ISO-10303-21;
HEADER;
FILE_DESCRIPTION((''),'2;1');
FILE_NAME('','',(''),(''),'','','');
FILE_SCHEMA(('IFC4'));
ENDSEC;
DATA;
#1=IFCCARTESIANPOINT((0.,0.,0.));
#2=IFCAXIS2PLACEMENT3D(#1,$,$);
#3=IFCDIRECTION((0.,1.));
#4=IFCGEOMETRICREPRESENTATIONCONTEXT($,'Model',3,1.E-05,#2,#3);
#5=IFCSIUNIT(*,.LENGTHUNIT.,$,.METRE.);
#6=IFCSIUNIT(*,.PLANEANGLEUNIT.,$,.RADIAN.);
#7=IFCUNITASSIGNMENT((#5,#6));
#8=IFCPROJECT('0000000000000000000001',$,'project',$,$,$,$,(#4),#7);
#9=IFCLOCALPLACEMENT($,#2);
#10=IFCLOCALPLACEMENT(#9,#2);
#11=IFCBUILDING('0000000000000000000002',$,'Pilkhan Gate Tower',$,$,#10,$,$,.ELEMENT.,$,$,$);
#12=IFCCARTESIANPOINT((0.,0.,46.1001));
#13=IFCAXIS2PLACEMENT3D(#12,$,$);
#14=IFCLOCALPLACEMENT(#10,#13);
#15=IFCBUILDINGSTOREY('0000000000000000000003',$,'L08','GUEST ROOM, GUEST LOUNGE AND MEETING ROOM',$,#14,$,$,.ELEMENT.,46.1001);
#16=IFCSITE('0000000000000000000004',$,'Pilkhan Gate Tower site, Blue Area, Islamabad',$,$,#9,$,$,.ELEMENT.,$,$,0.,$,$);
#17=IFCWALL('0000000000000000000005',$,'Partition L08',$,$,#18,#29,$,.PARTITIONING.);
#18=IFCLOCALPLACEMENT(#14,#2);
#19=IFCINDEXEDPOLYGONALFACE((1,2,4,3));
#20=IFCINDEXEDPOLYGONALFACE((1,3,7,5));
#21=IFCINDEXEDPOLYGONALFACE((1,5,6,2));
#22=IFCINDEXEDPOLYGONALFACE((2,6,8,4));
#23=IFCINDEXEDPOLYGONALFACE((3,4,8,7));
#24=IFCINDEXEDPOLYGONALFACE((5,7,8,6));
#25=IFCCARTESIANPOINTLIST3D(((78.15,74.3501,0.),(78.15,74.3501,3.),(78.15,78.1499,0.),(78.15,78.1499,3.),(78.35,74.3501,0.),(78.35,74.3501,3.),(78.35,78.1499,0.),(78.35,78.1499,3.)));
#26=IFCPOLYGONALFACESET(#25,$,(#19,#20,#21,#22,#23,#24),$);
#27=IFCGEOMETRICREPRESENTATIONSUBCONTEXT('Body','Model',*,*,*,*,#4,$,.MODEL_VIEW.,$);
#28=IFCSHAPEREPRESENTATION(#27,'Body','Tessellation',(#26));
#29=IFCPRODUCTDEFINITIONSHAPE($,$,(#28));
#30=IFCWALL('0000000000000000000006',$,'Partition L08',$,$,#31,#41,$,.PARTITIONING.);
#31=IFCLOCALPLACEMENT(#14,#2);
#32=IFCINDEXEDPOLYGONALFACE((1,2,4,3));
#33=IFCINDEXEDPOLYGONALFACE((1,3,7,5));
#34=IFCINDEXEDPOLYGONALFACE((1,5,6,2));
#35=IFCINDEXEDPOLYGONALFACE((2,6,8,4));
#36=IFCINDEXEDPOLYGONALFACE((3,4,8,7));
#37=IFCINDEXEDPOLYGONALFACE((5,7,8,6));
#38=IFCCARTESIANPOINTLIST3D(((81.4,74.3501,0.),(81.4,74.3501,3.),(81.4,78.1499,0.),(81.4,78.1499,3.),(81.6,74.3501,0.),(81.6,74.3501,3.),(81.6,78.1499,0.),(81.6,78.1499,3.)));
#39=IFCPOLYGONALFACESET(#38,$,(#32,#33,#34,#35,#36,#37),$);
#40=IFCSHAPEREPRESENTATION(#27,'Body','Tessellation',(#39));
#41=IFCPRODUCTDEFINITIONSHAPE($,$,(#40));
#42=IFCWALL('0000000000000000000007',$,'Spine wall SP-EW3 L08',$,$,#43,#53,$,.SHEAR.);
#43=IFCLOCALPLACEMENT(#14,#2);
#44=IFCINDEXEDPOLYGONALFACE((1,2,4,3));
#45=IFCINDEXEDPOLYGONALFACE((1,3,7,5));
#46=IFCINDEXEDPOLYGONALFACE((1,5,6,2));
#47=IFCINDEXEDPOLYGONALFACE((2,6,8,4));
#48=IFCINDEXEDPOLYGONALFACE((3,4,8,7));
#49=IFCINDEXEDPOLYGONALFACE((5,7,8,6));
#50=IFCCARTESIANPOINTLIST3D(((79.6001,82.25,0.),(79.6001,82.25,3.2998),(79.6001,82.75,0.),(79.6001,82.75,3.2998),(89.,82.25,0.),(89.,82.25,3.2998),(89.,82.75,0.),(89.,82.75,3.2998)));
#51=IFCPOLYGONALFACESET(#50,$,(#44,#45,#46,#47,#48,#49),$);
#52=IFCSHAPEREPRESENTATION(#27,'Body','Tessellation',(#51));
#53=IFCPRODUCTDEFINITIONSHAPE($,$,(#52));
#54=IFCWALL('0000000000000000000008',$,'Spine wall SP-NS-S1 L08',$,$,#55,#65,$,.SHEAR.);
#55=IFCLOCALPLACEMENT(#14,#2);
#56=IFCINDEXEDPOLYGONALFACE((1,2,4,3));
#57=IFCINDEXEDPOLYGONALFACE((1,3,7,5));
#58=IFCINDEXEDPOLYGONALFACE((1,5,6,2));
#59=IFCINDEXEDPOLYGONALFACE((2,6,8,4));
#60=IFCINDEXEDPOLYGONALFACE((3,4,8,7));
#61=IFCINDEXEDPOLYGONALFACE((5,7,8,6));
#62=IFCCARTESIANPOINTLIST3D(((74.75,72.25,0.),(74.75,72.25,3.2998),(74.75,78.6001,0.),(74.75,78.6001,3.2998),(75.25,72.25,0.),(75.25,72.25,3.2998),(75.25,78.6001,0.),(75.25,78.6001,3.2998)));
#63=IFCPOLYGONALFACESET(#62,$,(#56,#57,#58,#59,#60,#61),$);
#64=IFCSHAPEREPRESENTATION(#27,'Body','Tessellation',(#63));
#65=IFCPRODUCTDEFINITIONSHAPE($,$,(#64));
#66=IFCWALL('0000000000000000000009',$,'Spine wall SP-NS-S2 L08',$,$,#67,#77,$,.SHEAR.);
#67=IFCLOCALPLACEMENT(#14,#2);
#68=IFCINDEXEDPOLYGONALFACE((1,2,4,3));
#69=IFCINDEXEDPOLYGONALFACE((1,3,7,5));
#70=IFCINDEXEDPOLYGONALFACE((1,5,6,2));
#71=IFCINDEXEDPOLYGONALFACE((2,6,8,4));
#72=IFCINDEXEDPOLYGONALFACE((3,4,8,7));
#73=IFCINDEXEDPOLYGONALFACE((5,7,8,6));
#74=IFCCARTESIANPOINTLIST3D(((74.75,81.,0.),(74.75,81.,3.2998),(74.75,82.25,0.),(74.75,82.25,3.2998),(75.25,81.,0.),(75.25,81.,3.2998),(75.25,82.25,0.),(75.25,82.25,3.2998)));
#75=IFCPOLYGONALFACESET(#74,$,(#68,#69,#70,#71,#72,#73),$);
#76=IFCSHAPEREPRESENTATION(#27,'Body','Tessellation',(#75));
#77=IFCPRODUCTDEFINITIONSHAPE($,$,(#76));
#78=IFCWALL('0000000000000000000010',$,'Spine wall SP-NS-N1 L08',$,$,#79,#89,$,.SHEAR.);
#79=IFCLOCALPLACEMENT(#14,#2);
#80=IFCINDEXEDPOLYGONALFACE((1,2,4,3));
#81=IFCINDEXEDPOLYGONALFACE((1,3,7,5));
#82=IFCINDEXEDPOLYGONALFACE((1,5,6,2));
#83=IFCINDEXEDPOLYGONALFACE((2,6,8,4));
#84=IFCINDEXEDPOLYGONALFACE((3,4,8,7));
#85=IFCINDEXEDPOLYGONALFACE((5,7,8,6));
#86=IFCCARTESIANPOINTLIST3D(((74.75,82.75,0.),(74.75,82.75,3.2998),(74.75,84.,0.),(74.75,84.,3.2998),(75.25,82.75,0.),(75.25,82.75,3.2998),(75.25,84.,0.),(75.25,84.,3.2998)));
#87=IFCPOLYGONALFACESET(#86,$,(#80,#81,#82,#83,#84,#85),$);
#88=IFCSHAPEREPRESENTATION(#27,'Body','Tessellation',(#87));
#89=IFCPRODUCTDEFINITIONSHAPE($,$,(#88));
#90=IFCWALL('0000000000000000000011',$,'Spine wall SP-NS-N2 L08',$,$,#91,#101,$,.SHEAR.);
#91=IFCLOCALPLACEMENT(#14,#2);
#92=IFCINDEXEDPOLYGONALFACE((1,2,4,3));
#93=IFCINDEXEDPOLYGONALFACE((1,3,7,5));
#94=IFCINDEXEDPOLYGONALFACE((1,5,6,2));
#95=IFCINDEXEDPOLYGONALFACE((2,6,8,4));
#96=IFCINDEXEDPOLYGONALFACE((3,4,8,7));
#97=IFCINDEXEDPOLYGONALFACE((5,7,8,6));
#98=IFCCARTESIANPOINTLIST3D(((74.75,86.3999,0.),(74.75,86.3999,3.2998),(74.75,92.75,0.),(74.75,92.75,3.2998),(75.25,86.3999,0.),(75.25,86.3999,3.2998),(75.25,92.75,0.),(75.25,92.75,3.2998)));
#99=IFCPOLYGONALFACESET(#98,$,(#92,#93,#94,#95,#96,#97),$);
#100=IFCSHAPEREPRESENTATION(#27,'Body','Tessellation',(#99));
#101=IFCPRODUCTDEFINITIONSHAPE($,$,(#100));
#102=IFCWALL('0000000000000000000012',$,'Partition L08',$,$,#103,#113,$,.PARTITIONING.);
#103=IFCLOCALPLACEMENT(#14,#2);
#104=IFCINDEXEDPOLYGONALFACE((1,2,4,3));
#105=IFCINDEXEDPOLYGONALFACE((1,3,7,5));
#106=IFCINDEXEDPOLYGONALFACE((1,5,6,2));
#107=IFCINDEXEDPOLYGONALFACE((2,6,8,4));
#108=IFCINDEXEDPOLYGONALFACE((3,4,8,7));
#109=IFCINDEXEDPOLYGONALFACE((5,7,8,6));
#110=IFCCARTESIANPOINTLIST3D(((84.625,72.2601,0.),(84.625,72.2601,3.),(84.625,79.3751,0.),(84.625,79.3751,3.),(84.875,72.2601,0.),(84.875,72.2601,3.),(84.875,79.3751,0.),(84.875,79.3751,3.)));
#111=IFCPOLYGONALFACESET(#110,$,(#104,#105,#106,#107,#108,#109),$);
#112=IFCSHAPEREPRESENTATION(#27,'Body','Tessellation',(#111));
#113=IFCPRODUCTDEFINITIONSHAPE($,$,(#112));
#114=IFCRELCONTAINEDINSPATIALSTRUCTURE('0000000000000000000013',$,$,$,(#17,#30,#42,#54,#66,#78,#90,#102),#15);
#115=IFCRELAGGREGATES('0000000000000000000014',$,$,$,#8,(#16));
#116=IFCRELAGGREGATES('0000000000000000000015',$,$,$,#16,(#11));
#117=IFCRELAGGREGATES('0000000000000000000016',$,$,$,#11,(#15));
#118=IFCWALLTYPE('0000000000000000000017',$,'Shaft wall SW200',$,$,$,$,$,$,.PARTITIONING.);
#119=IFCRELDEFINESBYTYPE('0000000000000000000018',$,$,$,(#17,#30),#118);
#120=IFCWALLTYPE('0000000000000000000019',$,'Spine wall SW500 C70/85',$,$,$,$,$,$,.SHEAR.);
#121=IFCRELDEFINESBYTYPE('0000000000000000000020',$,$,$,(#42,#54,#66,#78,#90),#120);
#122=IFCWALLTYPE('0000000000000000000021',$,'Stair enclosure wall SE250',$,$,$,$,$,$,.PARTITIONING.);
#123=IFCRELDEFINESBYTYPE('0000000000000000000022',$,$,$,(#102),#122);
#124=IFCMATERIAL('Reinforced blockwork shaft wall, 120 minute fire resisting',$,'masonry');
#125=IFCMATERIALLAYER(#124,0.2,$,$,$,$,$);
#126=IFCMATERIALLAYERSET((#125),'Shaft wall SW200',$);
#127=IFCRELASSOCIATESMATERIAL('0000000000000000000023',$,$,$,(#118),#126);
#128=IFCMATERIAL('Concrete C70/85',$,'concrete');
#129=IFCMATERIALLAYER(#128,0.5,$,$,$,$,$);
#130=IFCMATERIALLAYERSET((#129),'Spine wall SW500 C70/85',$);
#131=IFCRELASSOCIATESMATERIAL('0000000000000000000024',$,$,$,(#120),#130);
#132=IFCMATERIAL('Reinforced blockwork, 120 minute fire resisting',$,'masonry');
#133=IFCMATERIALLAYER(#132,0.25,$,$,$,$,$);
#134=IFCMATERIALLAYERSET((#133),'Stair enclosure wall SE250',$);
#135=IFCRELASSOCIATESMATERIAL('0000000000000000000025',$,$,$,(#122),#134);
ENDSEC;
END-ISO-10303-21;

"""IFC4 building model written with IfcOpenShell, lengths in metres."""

from ifc_helpers import new_model, si_unit, direction, frame, frame_2d, origin, place, context, subcontext, project, spatial, rectangle, extrude, material, layer, layer_set, type_object, element, save


model = new_model("IFC4")

# Units and contexts
model_context = context("Model", 3, precision=1e-05, world=origin(), true_north=direction((0.0, 1.0)))
body_context = subcontext(model_context, "Body", "Model", "MODEL_VIEW")
ifc_project = project(units=[si_unit("LENGTHUNIT", "METRE"), si_unit("PLANEANGLEUNIT", "RADIAN")], contexts=[model_context])

# Site, building, storey
site_placement = place(None, origin())
site = spatial("IfcSite", under=ifc_project, at=site_placement, Name="Pilkhan Gate Tower site, Blue Area, Islamabad", CompositionType="ELEMENT", RefElevation=0.0)
building_placement = place(site_placement, origin())
building = spatial("IfcBuilding", under=site, at=building_placement, Name="Pilkhan Gate Tower", CompositionType="ELEMENT")
storey_placement = place(building_placement, frame((0.0, 0.0, 46.1001)))
storey = spatial("IfcBuildingStorey", under=building, at=storey_placement, Name="L08", Description="GUEST ROOM, GUEST LOUNGE AND MEETING ROOM", CompositionType="ELEMENT", Elevation=46.1001)

# Shared definitions
ifc_material_1 = material(Name="Concrete C70/85", Category="concrete")

# Shared definitions
ifc_material_2 = material(Name="Reinforced blockwork shaft wall, 120 minute fire resisting", Category="masonry")
ifc_layer_1 = layer(ifc_material_2, 0.2)
ifc_layer_set_1 = layer_set([ifc_layer_1], Name="Shaft wall SW200")
wall_type_1 = type_object("IfcWallType", Name="Shaft wall SW200", PredefinedType="PARTITIONING", material=ifc_layer_set_1)

# Walls
for number, where, z_axis, x_axis, name in (
    (1, (78.25, 74.3501, 0.0), (0.0, 0.0, 1.0), (0.0, 1.0, 0.0), "Partition L08"),
    (2, (81.5, 74.3501, 0.0), (0.0, 0.0, 1.0), (0.0, 1.0, 0.0), "Partition L08"),
):
    element("IfcWall", number, at=place(storey_placement, frame(where, z_axis=z_axis, x_axis=x_axis)), inside=storey, type_object=wall_type_1, Name=name, PredefinedType="PARTITIONING", context=body_context, shape_type="SweptSolid", body=[
        extrude(rectangle(XDim=3.7998, YDim=0.2, at=frame_2d((1.8999, 0.0))), origin(), (0.0, 0.0, 1.0), 3.0),
    ])
ifc_layer_2 = layer(ifc_material_1, 0.5)
ifc_layer_set_2 = layer_set([ifc_layer_2], Name="Spine wall SW500 C70/85")
wall_type_2 = type_object("IfcWallType", Name="Spine wall SW500 C70/85", PredefinedType="SHEAR", material=ifc_layer_set_2)
wall_1_placement = place(storey_placement, frame((79.6001, 82.5, 0.0), z_axis=(0.0, 0.0, 1.0), x_axis=(1.0, 0.0, 0.0)))
element("IfcWall", 3, at=wall_1_placement, inside=storey, type_object=wall_type_2, Name="Spine wall SP-EW3 L08", PredefinedType="SHEAR", context=body_context, shape_type="SweptSolid", body=[
    extrude(rectangle(XDim=9.3999, YDim=0.5, at=frame_2d((4.7, 0.0))), origin(), (0.0, 0.0, 1.0), 3.2998),
])
wall_2_placement = place(storey_placement, frame((75.0, 72.25, 0.0), z_axis=(0.0, 0.0, 1.0), x_axis=(0.0, 1.0, 0.0)))
element("IfcWall", 4, at=wall_2_placement, inside=storey, type_object=wall_type_2, Name="Spine wall SP-NS-S1 L08", PredefinedType="SHEAR", context=body_context, shape_type="SweptSolid", body=[
    extrude(rectangle(XDim=6.3501, YDim=0.5, at=frame_2d((3.175, 0.0))), origin(), (0.0, 0.0, 1.0), 3.2998),
])
for number, where, z_axis, x_axis, name in (
    (5, (75.0, 81.0, 0.0), (0.0, 0.0, 1.0), (0.0, 1.0, 0.0), "Spine wall SP-NS-S2 L08"),
    (6, (75.0, 82.75, 0.0), (0.0, 0.0, 1.0), (0.0, 1.0, 0.0), "Spine wall SP-NS-N1 L08"),
):
    element("IfcWall", number, at=place(storey_placement, frame(where, z_axis=z_axis, x_axis=x_axis)), inside=storey, type_object=wall_type_2, Name=name, PredefinedType="SHEAR", context=body_context, shape_type="SweptSolid", body=[
        extrude(rectangle(XDim=1.25, YDim=0.5, at=frame_2d((0.625, 0.0))), origin(), (0.0, 0.0, 1.0), 3.2998),
    ])
wall_3_placement = place(storey_placement, frame((75.0, 86.3999, 0.0), z_axis=(0.0, 0.0, 1.0), x_axis=(0.0, 1.0, 0.0)))
element("IfcWall", 7, at=wall_3_placement, inside=storey, type_object=wall_type_2, Name="Spine wall SP-NS-N2 L08", PredefinedType="SHEAR", context=body_context, shape_type="SweptSolid", body=[
    extrude(rectangle(XDim=6.3501, YDim=0.5, at=frame_2d((3.175, 0.0))), origin(), (0.0, 0.0, 1.0), 3.2998),
])
ifc_material_3 = material(Name="Reinforced blockwork, 120 minute fire resisting", Category="masonry")
ifc_layer_3 = layer(ifc_material_3, 0.25)
ifc_layer_set_3 = layer_set([ifc_layer_3], Name="Stair enclosure wall SE250")
wall_type_3 = type_object("IfcWallType", Name="Stair enclosure wall SE250", PredefinedType="PARTITIONING", material=ifc_layer_set_3)
wall_4_placement = place(storey_placement, frame((84.75, 72.26, 0.0), z_axis=(0.0, 0.0, 1.0), x_axis=(0.0, 1.0, 0.0)))
element("IfcWall", 8, at=wall_4_placement, inside=storey, type_object=wall_type_3, Name="Partition L08", PredefinedType="PARTITIONING", context=body_context, shape_type="SweptSolid", body=[
    extrude(rectangle(XDim=7.115, YDim=0.25, at=frame_2d((3.5576, 0.0))), origin(), (0.0, 0.0, 1.0), 3.0),
])

save(model, "model.ifc")
